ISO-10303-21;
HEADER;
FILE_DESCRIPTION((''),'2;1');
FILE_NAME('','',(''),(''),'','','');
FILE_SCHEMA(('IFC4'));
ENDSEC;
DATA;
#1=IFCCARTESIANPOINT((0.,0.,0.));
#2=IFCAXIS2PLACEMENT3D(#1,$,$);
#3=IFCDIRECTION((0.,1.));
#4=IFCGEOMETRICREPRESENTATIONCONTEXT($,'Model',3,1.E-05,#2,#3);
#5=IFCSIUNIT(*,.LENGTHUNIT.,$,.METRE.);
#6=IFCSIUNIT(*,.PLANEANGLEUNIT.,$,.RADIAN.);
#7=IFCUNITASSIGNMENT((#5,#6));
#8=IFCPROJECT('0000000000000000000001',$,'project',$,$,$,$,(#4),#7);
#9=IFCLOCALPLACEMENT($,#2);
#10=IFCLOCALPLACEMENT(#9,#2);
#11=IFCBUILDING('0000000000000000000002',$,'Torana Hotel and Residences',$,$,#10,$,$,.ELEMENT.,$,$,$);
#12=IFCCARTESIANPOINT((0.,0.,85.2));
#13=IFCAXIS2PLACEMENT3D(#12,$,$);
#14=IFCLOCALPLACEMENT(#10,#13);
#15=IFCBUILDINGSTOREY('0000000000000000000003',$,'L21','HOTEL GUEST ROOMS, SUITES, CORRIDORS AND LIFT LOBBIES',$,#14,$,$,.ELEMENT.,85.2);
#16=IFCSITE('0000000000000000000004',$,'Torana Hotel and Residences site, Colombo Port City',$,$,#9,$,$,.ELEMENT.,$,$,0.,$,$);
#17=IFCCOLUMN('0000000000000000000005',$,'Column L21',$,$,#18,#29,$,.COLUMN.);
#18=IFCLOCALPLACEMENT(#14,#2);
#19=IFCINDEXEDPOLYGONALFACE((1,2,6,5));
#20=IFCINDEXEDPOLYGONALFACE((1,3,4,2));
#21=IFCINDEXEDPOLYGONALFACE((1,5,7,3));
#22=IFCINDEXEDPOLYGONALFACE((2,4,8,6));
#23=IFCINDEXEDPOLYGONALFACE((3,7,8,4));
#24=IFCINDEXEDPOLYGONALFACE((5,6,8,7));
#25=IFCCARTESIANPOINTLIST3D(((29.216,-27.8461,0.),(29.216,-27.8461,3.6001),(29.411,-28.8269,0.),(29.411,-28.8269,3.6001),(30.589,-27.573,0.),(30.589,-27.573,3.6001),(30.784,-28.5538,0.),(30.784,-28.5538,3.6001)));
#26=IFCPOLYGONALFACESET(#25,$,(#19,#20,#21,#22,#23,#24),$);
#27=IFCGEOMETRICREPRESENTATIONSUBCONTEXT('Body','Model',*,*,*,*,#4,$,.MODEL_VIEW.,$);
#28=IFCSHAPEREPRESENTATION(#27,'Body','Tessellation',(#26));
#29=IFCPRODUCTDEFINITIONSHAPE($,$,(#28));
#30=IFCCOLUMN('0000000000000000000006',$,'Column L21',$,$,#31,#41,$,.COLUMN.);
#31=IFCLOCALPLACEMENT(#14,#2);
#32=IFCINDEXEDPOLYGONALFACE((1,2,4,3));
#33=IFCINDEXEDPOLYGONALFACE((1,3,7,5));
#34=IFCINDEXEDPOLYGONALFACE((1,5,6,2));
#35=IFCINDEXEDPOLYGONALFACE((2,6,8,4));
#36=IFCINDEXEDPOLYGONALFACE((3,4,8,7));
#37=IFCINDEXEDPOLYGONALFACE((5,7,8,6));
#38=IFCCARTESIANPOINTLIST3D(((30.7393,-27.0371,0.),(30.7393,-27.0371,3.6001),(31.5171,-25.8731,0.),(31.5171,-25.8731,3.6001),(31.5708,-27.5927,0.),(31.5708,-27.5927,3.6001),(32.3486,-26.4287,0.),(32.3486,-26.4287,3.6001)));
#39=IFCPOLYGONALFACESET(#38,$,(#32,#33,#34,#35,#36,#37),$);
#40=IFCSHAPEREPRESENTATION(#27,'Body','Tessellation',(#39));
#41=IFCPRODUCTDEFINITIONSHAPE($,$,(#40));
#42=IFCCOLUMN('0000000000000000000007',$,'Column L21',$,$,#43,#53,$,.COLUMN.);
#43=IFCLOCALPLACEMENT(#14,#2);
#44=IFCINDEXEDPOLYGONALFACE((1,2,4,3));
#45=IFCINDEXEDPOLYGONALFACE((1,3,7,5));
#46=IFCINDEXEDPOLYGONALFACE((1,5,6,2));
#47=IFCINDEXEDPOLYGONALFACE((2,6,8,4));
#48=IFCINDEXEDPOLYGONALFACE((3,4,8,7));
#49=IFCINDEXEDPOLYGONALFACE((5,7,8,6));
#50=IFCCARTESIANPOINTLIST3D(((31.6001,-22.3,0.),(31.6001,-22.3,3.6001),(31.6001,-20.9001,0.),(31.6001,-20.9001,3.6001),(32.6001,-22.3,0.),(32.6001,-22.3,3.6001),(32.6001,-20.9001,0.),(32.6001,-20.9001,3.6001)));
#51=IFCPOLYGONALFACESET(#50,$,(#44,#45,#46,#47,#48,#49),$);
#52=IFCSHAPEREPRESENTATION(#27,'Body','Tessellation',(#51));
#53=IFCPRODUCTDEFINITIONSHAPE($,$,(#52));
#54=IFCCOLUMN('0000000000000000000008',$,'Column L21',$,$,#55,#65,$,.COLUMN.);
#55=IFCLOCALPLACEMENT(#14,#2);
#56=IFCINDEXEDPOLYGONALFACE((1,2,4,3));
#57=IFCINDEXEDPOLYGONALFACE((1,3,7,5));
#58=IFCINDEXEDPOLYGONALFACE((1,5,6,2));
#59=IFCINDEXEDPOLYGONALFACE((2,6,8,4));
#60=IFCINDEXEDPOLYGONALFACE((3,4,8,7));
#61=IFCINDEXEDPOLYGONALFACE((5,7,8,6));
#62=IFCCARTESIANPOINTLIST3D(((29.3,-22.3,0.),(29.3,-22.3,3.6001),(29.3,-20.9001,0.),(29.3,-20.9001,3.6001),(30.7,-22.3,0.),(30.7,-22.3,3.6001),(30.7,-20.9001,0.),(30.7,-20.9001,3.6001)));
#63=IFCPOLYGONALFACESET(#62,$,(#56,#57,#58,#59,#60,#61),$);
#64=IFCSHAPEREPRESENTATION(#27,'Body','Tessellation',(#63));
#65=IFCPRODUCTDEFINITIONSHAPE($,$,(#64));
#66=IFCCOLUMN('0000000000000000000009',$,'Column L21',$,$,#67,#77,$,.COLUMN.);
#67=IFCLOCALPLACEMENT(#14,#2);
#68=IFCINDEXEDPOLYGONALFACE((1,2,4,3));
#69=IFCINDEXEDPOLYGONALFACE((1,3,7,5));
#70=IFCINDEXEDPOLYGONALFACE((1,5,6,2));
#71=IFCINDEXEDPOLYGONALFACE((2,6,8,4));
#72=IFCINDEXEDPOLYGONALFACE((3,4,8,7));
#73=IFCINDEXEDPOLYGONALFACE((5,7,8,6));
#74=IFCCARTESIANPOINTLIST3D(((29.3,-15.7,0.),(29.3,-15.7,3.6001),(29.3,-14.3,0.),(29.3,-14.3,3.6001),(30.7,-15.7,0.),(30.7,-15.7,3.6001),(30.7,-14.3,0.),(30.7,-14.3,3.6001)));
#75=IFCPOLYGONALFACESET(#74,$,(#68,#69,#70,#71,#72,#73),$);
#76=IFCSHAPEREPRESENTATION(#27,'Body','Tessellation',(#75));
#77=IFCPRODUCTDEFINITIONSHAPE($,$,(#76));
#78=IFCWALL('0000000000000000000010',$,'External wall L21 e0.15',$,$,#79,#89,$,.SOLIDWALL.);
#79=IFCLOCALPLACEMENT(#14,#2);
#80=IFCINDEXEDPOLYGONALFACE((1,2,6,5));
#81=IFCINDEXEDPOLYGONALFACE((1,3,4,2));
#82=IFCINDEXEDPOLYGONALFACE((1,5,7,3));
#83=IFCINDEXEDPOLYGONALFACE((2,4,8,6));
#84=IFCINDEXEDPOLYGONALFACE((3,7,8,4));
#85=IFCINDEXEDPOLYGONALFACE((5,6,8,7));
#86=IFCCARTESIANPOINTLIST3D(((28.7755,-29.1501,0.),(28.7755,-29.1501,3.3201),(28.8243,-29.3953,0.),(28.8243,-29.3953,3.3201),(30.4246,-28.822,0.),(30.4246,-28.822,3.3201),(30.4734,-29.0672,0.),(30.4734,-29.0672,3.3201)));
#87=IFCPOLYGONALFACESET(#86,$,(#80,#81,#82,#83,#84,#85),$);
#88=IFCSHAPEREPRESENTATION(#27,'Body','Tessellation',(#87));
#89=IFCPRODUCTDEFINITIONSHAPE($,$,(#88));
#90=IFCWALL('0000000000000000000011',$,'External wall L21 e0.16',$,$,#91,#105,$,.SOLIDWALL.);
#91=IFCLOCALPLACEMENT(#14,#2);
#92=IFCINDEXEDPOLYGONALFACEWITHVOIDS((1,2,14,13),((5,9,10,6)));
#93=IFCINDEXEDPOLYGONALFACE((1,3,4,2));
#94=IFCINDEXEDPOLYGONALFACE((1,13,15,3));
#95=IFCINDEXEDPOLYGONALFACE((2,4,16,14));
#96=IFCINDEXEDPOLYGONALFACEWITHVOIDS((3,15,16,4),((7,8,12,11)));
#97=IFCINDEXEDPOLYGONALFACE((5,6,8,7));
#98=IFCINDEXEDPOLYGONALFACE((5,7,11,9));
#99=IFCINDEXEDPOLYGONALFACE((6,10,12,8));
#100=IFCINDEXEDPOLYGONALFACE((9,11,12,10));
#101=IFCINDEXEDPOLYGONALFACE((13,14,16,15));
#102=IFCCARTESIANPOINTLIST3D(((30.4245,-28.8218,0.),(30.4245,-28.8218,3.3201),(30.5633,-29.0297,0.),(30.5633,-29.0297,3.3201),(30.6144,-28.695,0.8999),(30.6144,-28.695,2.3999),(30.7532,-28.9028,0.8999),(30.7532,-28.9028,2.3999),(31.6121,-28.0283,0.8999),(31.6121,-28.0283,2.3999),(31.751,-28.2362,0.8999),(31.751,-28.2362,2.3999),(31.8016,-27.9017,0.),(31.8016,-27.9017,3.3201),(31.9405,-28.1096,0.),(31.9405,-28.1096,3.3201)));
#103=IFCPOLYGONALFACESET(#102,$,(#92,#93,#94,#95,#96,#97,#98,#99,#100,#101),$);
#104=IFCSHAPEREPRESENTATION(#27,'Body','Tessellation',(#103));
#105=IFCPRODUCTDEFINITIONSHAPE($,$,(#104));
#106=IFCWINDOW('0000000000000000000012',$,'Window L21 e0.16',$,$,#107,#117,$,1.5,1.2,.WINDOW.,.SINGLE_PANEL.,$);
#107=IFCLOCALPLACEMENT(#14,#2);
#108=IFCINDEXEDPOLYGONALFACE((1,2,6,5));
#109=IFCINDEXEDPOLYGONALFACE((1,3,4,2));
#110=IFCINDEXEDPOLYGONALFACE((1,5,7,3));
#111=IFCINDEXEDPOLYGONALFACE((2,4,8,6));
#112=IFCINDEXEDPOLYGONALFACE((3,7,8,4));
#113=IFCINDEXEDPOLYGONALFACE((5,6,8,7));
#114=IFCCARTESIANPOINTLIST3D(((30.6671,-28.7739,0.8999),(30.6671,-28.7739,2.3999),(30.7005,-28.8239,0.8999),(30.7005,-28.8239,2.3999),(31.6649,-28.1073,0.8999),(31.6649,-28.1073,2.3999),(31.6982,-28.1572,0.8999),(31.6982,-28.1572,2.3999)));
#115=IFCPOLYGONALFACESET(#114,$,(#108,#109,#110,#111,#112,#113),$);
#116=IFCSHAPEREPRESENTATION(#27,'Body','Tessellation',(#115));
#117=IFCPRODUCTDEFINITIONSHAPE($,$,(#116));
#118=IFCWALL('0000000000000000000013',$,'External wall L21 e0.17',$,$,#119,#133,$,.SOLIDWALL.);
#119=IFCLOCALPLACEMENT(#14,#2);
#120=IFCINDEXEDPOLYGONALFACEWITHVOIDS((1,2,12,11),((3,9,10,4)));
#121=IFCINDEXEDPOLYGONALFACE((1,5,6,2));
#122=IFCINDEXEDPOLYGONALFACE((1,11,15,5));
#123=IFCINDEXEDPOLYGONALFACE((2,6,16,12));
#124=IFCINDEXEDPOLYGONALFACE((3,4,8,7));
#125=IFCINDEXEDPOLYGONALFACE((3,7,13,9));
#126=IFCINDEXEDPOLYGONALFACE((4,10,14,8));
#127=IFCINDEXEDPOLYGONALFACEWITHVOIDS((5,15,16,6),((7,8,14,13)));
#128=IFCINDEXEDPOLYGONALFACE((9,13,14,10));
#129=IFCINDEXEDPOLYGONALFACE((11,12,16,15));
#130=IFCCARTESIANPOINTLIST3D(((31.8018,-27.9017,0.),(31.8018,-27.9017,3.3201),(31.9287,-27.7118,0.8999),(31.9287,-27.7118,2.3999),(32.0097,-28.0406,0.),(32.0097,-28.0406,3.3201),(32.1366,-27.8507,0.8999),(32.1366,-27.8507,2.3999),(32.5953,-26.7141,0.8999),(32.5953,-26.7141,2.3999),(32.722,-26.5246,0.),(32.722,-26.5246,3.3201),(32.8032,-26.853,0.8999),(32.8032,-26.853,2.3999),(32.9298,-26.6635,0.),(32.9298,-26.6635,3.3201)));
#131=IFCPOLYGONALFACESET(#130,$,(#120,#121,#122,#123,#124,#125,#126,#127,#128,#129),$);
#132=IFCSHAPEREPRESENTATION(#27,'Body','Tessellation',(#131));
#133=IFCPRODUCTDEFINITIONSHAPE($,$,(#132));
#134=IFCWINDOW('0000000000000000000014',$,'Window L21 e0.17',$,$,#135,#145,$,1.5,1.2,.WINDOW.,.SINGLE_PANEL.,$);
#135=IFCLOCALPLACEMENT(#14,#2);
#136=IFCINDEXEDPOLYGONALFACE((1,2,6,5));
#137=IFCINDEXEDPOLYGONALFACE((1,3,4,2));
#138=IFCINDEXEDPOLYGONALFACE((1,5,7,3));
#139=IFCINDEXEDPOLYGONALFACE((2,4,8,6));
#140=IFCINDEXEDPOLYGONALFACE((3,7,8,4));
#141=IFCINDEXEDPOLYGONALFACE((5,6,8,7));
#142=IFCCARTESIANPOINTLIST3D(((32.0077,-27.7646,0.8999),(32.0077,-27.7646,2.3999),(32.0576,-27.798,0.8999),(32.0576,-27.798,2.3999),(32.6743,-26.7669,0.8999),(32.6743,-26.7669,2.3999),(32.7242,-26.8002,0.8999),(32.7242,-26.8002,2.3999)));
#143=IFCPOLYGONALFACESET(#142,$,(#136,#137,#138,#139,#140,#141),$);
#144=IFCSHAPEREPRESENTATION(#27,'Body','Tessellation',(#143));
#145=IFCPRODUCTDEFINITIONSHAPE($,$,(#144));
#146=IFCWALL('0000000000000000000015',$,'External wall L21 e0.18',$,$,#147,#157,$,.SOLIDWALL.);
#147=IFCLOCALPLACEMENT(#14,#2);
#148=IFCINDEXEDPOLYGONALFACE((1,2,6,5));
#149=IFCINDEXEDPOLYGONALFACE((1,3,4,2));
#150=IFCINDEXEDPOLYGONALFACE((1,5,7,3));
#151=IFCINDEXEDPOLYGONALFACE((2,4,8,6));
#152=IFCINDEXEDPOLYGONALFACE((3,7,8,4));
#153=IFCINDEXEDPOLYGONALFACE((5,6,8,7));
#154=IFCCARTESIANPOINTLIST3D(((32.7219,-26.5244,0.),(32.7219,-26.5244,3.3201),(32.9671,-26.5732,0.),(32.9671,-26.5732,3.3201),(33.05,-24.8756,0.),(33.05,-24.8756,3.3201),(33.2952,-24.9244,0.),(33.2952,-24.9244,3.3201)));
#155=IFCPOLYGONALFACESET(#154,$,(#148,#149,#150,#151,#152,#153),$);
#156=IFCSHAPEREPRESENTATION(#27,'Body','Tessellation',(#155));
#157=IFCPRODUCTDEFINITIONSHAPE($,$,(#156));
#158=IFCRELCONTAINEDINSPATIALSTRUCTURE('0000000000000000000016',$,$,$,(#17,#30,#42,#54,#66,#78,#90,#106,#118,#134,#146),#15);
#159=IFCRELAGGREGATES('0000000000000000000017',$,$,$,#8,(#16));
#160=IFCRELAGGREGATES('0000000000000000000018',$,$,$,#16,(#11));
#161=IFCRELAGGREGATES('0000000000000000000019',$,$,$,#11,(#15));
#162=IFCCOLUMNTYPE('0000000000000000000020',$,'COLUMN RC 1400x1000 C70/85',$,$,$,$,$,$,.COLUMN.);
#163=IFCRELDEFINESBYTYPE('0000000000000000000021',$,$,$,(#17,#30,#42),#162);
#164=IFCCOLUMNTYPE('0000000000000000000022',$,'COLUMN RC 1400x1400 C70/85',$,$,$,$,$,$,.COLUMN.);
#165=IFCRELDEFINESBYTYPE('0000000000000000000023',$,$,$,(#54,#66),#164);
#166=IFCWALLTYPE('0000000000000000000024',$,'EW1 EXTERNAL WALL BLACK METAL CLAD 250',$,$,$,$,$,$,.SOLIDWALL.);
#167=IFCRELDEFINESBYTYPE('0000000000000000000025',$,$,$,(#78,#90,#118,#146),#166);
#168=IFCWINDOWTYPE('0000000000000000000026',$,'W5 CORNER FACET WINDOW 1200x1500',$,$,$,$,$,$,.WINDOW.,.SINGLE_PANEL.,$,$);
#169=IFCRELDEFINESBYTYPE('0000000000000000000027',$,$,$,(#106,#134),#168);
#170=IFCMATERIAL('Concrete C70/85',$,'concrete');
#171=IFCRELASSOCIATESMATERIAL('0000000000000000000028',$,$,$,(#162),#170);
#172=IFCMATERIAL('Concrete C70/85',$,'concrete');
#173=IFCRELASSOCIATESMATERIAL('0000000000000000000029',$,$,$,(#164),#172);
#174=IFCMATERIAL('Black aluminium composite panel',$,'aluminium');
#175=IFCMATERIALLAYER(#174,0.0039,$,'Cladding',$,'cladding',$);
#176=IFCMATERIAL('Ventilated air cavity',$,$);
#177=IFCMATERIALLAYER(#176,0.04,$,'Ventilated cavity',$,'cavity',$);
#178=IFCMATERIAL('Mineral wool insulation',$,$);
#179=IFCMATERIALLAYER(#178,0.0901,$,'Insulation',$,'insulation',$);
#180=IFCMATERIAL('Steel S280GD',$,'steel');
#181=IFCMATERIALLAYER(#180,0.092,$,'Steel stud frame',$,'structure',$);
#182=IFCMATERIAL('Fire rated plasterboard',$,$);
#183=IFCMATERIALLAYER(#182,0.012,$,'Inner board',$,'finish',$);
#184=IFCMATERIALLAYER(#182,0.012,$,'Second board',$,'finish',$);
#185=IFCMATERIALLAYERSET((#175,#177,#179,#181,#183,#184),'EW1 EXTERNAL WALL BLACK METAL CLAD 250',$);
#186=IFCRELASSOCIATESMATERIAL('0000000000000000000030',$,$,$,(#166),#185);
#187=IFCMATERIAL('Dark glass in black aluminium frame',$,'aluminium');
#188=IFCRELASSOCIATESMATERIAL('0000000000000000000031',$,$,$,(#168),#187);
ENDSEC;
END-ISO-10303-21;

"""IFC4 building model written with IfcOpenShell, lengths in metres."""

from ifc_helpers import new_model, si_unit, direction, frame, frame_2d, origin, origin_2d, place, context, subcontext, project, spatial, rectangle, extrude, material, layer, layer_set, material_profile, profile_set, type_object, element, fill, save


model = new_model("IFC4")

# Units and contexts
model_context = context("Model", 3, precision=1e-05, world=origin(), true_north=direction((0.0, 1.0)))
body_context = subcontext(model_context, "Body", "Model", "MODEL_VIEW")
ifc_project = project(units=[si_unit("LENGTHUNIT", "METRE"), si_unit("PLANEANGLEUNIT", "RADIAN")], contexts=[model_context])

# Site, building, storey
site_placement = place(None, origin())
site = spatial("IfcSite", under=ifc_project, at=site_placement, Name="Torana Hotel and Residences site, Colombo Port City", CompositionType="ELEMENT", RefElevation=0.0)
building_placement = place(site_placement, origin())
building = spatial("IfcBuilding", under=site, at=building_placement, Name="Torana Hotel and Residences", CompositionType="ELEMENT")
storey_placement = place(building_placement, frame((0.0, 0.0, 85.2)))
storey = spatial("IfcBuildingStorey", under=building, at=storey_placement, Name="L21", Description="HOTEL GUEST ROOMS, SUITES, CORRIDORS AND LIFT LOBBIES", CompositionType="ELEMENT", Elevation=85.2)

# Columns
ifc_material_1 = material(Name="Concrete C70/85", Category="concrete")
ifc_material_profile_1 = material_profile(ifc_material_1, rectangle(XDim=1.3999, YDim=1.0, at=origin_2d()), Name="RC 1400x1000")
ifc_profile_set_1 = profile_set([ifc_material_profile_1], Name="Concrete C70/85")
column_type_1 = type_object("IfcColumnType", Name="COLUMN RC 1400x1000 C70/85", PredefinedType="COLUMN", material=ifc_profile_set_1)
for number, where, z_axis, x_axis, name in (
    (1, (30.0, -28.2, 0.0), (0.0, 0.0, 1.0), (0.980792, 0.195056, 0.0), "Column L21"),
    (2, (31.5439, -26.7329, 0.0), (0.0, 0.0, 1.0), (0.555585, 0.83146, 0.0), "Column L21"),
    (3, (32.1001, -21.6001, 0.0), (0.0, 0.0, 1.0), (0.0, 1.0, 0.0), "Column L21"),
):
    element("IfcColumn", number, at=place(storey_placement, frame(where, z_axis=z_axis, x_axis=x_axis)), inside=storey, type_object=column_type_1, Name=name, PredefinedType="COLUMN", context=body_context, shape_type="SweptSolid", body=[
        extrude(rectangle(XDim=1.3999, YDim=1.0, at=origin_2d()), origin(), (0.0, 0.0, 1.0), 3.6001),
    ])
ifc_material_2 = material(Name="Concrete C70/85", Category="concrete")
ifc_material_profile_2 = material_profile(ifc_material_2, rectangle(XDim=1.3999, YDim=1.3999, at=origin_2d()), Name="RC 1400x1400")
ifc_profile_set_2 = profile_set([ifc_material_profile_2], Name="Concrete C70/85")
column_type_2 = type_object("IfcColumnType", Name="COLUMN RC 1400x1400 C70/85", PredefinedType="COLUMN", material=ifc_profile_set_2)
for number, where, z_axis, x_axis, name in (
    (4, (30.0, -21.6001, 0.0), (0.0, 0.0, 1.0), (1.0, 0.0, 0.0), "Column L21"),
    (5, (30.0, -15.0, 0.0), (0.0, 0.0, 1.0), (1.0, 0.0, 0.0), "Column L21"),
):
    element("IfcColumn", number, at=place(storey_placement, frame(where, z_axis=z_axis, x_axis=x_axis)), inside=storey, type_object=column_type_2, Name=name, PredefinedType="COLUMN", context=body_context, shape_type="SweptSolid", body=[
        extrude(rectangle(XDim=1.3999, YDim=1.3999, at=origin_2d()), origin(), (0.0, 0.0, 1.0), 3.6001),
    ])

# Wall
ifc_material_3 = material(Name="Black aluminium composite panel", Category="aluminium")
ifc_layer_1 = layer(ifc_material_3, 0.0039, Name="Cladding", Category="cladding")
ifc_material_4 = material(Name="Ventilated air cavity")
ifc_layer_2 = layer(ifc_material_4, 0.04, Name="Ventilated cavity", Category="cavity")
ifc_material_5 = material(Name="Mineral wool insulation")
ifc_layer_3 = layer(ifc_material_5, 0.0901, Name="Insulation", Category="insulation")
ifc_material_6 = material(Name="Steel S280GD", Category="steel")
ifc_layer_4 = layer(ifc_material_6, 0.092, Name="Steel stud frame", Category="structure")
ifc_material_7 = material(Name="Fire rated plasterboard")
ifc_layer_5 = layer(ifc_material_7, 0.012, Name="Inner board", Category="finish")
ifc_layer_6 = layer(ifc_material_7, 0.012, Name="Second board", Category="finish")
ifc_layer_set_1 = layer_set([ifc_layer_1, ifc_layer_2, ifc_layer_3, ifc_layer_4, ifc_layer_5, ifc_layer_6], Name="EW1 EXTERNAL WALL BLACK METAL CLAD 250")
wall_type_1 = type_object("IfcWallType", Name="EW1 EXTERNAL WALL BLACK METAL CLAD 250", PredefinedType="SOLIDWALL", material=ifc_layer_set_1)
wall_1_placement = place(storey_placement, frame((28.7998, -29.2727, 0.0), z_axis=(0.0, 0.0, 1.0), x_axis=(0.980776, 0.195139, 0.0)))
element("IfcWall", 6, at=wall_1_placement, inside=storey, type_object=wall_type_1, Name="External wall L21 e0.15", PredefinedType="SOLIDWALL", context=body_context, shape_type="SweptSolid", body=[
    extrude(rectangle(XDim=1.6814, YDim=0.25, at=frame_2d((0.8408, 0.0))), origin(), (0.0, 0.0, 1.0), 3.3201),
])

# Walls, openings, windows
wall_2_placement = place(storey_placement, frame((30.4939, -28.9258, 0.0), z_axis=(0.0, 0.0, 1.0), x_axis=(0.831483, 0.55555, 0.0)))
wall_2 = element("IfcWall", 7, at=wall_2_placement, inside=storey, type_object=wall_type_1, Name="External wall L21 e0.16", PredefinedType="SOLIDWALL", context=body_context, shape_type="SweptSolid", body=[
    extrude(rectangle(XDim=1.6562, YDim=0.25, at=frame_2d((0.8281, 0.0))), origin(), (0.0, 0.0, 1.0), 3.3201),
])
opening_1_placement = place(wall_2_placement, frame((0.2283, 0.0, 0.8999)))
opening_1 = element("IfcOpeningElement", 8, at=opening_1_placement, cuts=wall_2, PredefinedType="OPENING", context=body_context, shape_type="SweptSolid", body=[
    extrude(rectangle(XDim=1.2, YDim=1.5, at=frame_2d((0.6001, 0.75))), frame((0.0, 0.135, 0.0), z_axis=(0.0, -1.0, 0.0), x_axis=(1.0, 0.0, 0.0)), (0.0, 0.0, 1.0), 0.27),
])
ifc_material_8 = material(Name="Dark glass in black aluminium frame", Category="aluminium")
window_type_1 = type_object("IfcWindowType", Name="W5 CORNER FACET WINDOW 1200x1500", PartitioningType="SINGLE_PANEL", PredefinedType="WINDOW", material=ifc_material_8)
window_1_placement = place(opening_1_placement, origin())
window_1 = element("IfcWindow", 9, at=window_1_placement, inside=storey, type_object=window_type_1, Name="Window L21 e0.16", OverallHeight=1.5, OverallWidth=1.2, PartitioningType="SINGLE_PANEL", PredefinedType="WINDOW", context=body_context, shape_type="SweptSolid", body=[
    extrude(rectangle(XDim=1.2, YDim=1.5, at=frame_2d((0.6001, 0.75))), frame((0.0, 0.03, 0.0), z_axis=(0.0, -1.0, 0.0), x_axis=(1.0, 0.0, 0.0)), (0.0, 0.0, 1.0), 0.0601),
])
fill(opening_1, window_1)
wall_3_placement = place(storey_placement, frame((31.9058, -27.9712, 0.0), z_axis=(0.0, 0.0, 1.0), x_axis=(0.55555, 0.831483, 0.0)))
wall_3 = element("IfcWall", 10, at=wall_3_placement, inside=storey, type_object=wall_type_1, Name="External wall L21 e0.17", PredefinedType="SOLIDWALL", context=body_context, shape_type="SweptSolid", body=[
    extrude(rectangle(XDim=1.6562, YDim=0.25, at=frame_2d((0.8281, 0.0))), origin(), (0.0, 0.0, 1.0), 3.3201),
])
opening_2_placement = place(wall_3_placement, frame((0.2283, 0.0, 0.8999)))
opening_2 = element("IfcOpeningElement", 11, at=opening_2_placement, cuts=wall_3, PredefinedType="OPENING", context=body_context, shape_type="SweptSolid", body=[
    extrude(rectangle(XDim=1.2, YDim=1.5, at=frame_2d((0.6001, 0.75))), frame((0.0, 0.135, 0.0), z_axis=(0.0, -1.0, 0.0), x_axis=(1.0, 0.0, 0.0)), (0.0, 0.0, 1.0), 0.27),
])
window_2_placement = place(opening_2_placement, origin())
window_2 = element("IfcWindow", 12, at=window_2_placement, inside=storey, type_object=window_type_1, Name="Window L21 e0.17", OverallHeight=1.5, OverallWidth=1.2, PartitioningType="SINGLE_PANEL", PredefinedType="WINDOW", context=body_context, shape_type="SweptSolid", body=[
    extrude(rectangle(XDim=1.2, YDim=1.5, at=frame_2d((0.6001, 0.75))), frame((0.0, 0.03, 0.0), z_axis=(0.0, -1.0, 0.0), x_axis=(1.0, 0.0, 0.0)), (0.0, 0.0, 1.0), 0.0601),
])
fill(opening_2, window_2)

# Wall
wall_4_placement = place(storey_placement, frame((32.8445, -26.5488, 0.0), z_axis=(0.0, 0.0, 1.0), x_axis=(0.195167, 0.98077, 0.0)))
element("IfcWall", 13, at=wall_4_placement, inside=storey, type_object=wall_type_1, Name="External wall L21 e0.18", PredefinedType="SOLIDWALL", context=body_context, shape_type="SweptSolid", body=[
    extrude(rectangle(XDim=1.6812, YDim=0.25, at=frame_2d((0.8406, 0.0))), origin(), (0.0, 0.0, 1.0), 3.3201),
])

save(model, "model.ifc")
